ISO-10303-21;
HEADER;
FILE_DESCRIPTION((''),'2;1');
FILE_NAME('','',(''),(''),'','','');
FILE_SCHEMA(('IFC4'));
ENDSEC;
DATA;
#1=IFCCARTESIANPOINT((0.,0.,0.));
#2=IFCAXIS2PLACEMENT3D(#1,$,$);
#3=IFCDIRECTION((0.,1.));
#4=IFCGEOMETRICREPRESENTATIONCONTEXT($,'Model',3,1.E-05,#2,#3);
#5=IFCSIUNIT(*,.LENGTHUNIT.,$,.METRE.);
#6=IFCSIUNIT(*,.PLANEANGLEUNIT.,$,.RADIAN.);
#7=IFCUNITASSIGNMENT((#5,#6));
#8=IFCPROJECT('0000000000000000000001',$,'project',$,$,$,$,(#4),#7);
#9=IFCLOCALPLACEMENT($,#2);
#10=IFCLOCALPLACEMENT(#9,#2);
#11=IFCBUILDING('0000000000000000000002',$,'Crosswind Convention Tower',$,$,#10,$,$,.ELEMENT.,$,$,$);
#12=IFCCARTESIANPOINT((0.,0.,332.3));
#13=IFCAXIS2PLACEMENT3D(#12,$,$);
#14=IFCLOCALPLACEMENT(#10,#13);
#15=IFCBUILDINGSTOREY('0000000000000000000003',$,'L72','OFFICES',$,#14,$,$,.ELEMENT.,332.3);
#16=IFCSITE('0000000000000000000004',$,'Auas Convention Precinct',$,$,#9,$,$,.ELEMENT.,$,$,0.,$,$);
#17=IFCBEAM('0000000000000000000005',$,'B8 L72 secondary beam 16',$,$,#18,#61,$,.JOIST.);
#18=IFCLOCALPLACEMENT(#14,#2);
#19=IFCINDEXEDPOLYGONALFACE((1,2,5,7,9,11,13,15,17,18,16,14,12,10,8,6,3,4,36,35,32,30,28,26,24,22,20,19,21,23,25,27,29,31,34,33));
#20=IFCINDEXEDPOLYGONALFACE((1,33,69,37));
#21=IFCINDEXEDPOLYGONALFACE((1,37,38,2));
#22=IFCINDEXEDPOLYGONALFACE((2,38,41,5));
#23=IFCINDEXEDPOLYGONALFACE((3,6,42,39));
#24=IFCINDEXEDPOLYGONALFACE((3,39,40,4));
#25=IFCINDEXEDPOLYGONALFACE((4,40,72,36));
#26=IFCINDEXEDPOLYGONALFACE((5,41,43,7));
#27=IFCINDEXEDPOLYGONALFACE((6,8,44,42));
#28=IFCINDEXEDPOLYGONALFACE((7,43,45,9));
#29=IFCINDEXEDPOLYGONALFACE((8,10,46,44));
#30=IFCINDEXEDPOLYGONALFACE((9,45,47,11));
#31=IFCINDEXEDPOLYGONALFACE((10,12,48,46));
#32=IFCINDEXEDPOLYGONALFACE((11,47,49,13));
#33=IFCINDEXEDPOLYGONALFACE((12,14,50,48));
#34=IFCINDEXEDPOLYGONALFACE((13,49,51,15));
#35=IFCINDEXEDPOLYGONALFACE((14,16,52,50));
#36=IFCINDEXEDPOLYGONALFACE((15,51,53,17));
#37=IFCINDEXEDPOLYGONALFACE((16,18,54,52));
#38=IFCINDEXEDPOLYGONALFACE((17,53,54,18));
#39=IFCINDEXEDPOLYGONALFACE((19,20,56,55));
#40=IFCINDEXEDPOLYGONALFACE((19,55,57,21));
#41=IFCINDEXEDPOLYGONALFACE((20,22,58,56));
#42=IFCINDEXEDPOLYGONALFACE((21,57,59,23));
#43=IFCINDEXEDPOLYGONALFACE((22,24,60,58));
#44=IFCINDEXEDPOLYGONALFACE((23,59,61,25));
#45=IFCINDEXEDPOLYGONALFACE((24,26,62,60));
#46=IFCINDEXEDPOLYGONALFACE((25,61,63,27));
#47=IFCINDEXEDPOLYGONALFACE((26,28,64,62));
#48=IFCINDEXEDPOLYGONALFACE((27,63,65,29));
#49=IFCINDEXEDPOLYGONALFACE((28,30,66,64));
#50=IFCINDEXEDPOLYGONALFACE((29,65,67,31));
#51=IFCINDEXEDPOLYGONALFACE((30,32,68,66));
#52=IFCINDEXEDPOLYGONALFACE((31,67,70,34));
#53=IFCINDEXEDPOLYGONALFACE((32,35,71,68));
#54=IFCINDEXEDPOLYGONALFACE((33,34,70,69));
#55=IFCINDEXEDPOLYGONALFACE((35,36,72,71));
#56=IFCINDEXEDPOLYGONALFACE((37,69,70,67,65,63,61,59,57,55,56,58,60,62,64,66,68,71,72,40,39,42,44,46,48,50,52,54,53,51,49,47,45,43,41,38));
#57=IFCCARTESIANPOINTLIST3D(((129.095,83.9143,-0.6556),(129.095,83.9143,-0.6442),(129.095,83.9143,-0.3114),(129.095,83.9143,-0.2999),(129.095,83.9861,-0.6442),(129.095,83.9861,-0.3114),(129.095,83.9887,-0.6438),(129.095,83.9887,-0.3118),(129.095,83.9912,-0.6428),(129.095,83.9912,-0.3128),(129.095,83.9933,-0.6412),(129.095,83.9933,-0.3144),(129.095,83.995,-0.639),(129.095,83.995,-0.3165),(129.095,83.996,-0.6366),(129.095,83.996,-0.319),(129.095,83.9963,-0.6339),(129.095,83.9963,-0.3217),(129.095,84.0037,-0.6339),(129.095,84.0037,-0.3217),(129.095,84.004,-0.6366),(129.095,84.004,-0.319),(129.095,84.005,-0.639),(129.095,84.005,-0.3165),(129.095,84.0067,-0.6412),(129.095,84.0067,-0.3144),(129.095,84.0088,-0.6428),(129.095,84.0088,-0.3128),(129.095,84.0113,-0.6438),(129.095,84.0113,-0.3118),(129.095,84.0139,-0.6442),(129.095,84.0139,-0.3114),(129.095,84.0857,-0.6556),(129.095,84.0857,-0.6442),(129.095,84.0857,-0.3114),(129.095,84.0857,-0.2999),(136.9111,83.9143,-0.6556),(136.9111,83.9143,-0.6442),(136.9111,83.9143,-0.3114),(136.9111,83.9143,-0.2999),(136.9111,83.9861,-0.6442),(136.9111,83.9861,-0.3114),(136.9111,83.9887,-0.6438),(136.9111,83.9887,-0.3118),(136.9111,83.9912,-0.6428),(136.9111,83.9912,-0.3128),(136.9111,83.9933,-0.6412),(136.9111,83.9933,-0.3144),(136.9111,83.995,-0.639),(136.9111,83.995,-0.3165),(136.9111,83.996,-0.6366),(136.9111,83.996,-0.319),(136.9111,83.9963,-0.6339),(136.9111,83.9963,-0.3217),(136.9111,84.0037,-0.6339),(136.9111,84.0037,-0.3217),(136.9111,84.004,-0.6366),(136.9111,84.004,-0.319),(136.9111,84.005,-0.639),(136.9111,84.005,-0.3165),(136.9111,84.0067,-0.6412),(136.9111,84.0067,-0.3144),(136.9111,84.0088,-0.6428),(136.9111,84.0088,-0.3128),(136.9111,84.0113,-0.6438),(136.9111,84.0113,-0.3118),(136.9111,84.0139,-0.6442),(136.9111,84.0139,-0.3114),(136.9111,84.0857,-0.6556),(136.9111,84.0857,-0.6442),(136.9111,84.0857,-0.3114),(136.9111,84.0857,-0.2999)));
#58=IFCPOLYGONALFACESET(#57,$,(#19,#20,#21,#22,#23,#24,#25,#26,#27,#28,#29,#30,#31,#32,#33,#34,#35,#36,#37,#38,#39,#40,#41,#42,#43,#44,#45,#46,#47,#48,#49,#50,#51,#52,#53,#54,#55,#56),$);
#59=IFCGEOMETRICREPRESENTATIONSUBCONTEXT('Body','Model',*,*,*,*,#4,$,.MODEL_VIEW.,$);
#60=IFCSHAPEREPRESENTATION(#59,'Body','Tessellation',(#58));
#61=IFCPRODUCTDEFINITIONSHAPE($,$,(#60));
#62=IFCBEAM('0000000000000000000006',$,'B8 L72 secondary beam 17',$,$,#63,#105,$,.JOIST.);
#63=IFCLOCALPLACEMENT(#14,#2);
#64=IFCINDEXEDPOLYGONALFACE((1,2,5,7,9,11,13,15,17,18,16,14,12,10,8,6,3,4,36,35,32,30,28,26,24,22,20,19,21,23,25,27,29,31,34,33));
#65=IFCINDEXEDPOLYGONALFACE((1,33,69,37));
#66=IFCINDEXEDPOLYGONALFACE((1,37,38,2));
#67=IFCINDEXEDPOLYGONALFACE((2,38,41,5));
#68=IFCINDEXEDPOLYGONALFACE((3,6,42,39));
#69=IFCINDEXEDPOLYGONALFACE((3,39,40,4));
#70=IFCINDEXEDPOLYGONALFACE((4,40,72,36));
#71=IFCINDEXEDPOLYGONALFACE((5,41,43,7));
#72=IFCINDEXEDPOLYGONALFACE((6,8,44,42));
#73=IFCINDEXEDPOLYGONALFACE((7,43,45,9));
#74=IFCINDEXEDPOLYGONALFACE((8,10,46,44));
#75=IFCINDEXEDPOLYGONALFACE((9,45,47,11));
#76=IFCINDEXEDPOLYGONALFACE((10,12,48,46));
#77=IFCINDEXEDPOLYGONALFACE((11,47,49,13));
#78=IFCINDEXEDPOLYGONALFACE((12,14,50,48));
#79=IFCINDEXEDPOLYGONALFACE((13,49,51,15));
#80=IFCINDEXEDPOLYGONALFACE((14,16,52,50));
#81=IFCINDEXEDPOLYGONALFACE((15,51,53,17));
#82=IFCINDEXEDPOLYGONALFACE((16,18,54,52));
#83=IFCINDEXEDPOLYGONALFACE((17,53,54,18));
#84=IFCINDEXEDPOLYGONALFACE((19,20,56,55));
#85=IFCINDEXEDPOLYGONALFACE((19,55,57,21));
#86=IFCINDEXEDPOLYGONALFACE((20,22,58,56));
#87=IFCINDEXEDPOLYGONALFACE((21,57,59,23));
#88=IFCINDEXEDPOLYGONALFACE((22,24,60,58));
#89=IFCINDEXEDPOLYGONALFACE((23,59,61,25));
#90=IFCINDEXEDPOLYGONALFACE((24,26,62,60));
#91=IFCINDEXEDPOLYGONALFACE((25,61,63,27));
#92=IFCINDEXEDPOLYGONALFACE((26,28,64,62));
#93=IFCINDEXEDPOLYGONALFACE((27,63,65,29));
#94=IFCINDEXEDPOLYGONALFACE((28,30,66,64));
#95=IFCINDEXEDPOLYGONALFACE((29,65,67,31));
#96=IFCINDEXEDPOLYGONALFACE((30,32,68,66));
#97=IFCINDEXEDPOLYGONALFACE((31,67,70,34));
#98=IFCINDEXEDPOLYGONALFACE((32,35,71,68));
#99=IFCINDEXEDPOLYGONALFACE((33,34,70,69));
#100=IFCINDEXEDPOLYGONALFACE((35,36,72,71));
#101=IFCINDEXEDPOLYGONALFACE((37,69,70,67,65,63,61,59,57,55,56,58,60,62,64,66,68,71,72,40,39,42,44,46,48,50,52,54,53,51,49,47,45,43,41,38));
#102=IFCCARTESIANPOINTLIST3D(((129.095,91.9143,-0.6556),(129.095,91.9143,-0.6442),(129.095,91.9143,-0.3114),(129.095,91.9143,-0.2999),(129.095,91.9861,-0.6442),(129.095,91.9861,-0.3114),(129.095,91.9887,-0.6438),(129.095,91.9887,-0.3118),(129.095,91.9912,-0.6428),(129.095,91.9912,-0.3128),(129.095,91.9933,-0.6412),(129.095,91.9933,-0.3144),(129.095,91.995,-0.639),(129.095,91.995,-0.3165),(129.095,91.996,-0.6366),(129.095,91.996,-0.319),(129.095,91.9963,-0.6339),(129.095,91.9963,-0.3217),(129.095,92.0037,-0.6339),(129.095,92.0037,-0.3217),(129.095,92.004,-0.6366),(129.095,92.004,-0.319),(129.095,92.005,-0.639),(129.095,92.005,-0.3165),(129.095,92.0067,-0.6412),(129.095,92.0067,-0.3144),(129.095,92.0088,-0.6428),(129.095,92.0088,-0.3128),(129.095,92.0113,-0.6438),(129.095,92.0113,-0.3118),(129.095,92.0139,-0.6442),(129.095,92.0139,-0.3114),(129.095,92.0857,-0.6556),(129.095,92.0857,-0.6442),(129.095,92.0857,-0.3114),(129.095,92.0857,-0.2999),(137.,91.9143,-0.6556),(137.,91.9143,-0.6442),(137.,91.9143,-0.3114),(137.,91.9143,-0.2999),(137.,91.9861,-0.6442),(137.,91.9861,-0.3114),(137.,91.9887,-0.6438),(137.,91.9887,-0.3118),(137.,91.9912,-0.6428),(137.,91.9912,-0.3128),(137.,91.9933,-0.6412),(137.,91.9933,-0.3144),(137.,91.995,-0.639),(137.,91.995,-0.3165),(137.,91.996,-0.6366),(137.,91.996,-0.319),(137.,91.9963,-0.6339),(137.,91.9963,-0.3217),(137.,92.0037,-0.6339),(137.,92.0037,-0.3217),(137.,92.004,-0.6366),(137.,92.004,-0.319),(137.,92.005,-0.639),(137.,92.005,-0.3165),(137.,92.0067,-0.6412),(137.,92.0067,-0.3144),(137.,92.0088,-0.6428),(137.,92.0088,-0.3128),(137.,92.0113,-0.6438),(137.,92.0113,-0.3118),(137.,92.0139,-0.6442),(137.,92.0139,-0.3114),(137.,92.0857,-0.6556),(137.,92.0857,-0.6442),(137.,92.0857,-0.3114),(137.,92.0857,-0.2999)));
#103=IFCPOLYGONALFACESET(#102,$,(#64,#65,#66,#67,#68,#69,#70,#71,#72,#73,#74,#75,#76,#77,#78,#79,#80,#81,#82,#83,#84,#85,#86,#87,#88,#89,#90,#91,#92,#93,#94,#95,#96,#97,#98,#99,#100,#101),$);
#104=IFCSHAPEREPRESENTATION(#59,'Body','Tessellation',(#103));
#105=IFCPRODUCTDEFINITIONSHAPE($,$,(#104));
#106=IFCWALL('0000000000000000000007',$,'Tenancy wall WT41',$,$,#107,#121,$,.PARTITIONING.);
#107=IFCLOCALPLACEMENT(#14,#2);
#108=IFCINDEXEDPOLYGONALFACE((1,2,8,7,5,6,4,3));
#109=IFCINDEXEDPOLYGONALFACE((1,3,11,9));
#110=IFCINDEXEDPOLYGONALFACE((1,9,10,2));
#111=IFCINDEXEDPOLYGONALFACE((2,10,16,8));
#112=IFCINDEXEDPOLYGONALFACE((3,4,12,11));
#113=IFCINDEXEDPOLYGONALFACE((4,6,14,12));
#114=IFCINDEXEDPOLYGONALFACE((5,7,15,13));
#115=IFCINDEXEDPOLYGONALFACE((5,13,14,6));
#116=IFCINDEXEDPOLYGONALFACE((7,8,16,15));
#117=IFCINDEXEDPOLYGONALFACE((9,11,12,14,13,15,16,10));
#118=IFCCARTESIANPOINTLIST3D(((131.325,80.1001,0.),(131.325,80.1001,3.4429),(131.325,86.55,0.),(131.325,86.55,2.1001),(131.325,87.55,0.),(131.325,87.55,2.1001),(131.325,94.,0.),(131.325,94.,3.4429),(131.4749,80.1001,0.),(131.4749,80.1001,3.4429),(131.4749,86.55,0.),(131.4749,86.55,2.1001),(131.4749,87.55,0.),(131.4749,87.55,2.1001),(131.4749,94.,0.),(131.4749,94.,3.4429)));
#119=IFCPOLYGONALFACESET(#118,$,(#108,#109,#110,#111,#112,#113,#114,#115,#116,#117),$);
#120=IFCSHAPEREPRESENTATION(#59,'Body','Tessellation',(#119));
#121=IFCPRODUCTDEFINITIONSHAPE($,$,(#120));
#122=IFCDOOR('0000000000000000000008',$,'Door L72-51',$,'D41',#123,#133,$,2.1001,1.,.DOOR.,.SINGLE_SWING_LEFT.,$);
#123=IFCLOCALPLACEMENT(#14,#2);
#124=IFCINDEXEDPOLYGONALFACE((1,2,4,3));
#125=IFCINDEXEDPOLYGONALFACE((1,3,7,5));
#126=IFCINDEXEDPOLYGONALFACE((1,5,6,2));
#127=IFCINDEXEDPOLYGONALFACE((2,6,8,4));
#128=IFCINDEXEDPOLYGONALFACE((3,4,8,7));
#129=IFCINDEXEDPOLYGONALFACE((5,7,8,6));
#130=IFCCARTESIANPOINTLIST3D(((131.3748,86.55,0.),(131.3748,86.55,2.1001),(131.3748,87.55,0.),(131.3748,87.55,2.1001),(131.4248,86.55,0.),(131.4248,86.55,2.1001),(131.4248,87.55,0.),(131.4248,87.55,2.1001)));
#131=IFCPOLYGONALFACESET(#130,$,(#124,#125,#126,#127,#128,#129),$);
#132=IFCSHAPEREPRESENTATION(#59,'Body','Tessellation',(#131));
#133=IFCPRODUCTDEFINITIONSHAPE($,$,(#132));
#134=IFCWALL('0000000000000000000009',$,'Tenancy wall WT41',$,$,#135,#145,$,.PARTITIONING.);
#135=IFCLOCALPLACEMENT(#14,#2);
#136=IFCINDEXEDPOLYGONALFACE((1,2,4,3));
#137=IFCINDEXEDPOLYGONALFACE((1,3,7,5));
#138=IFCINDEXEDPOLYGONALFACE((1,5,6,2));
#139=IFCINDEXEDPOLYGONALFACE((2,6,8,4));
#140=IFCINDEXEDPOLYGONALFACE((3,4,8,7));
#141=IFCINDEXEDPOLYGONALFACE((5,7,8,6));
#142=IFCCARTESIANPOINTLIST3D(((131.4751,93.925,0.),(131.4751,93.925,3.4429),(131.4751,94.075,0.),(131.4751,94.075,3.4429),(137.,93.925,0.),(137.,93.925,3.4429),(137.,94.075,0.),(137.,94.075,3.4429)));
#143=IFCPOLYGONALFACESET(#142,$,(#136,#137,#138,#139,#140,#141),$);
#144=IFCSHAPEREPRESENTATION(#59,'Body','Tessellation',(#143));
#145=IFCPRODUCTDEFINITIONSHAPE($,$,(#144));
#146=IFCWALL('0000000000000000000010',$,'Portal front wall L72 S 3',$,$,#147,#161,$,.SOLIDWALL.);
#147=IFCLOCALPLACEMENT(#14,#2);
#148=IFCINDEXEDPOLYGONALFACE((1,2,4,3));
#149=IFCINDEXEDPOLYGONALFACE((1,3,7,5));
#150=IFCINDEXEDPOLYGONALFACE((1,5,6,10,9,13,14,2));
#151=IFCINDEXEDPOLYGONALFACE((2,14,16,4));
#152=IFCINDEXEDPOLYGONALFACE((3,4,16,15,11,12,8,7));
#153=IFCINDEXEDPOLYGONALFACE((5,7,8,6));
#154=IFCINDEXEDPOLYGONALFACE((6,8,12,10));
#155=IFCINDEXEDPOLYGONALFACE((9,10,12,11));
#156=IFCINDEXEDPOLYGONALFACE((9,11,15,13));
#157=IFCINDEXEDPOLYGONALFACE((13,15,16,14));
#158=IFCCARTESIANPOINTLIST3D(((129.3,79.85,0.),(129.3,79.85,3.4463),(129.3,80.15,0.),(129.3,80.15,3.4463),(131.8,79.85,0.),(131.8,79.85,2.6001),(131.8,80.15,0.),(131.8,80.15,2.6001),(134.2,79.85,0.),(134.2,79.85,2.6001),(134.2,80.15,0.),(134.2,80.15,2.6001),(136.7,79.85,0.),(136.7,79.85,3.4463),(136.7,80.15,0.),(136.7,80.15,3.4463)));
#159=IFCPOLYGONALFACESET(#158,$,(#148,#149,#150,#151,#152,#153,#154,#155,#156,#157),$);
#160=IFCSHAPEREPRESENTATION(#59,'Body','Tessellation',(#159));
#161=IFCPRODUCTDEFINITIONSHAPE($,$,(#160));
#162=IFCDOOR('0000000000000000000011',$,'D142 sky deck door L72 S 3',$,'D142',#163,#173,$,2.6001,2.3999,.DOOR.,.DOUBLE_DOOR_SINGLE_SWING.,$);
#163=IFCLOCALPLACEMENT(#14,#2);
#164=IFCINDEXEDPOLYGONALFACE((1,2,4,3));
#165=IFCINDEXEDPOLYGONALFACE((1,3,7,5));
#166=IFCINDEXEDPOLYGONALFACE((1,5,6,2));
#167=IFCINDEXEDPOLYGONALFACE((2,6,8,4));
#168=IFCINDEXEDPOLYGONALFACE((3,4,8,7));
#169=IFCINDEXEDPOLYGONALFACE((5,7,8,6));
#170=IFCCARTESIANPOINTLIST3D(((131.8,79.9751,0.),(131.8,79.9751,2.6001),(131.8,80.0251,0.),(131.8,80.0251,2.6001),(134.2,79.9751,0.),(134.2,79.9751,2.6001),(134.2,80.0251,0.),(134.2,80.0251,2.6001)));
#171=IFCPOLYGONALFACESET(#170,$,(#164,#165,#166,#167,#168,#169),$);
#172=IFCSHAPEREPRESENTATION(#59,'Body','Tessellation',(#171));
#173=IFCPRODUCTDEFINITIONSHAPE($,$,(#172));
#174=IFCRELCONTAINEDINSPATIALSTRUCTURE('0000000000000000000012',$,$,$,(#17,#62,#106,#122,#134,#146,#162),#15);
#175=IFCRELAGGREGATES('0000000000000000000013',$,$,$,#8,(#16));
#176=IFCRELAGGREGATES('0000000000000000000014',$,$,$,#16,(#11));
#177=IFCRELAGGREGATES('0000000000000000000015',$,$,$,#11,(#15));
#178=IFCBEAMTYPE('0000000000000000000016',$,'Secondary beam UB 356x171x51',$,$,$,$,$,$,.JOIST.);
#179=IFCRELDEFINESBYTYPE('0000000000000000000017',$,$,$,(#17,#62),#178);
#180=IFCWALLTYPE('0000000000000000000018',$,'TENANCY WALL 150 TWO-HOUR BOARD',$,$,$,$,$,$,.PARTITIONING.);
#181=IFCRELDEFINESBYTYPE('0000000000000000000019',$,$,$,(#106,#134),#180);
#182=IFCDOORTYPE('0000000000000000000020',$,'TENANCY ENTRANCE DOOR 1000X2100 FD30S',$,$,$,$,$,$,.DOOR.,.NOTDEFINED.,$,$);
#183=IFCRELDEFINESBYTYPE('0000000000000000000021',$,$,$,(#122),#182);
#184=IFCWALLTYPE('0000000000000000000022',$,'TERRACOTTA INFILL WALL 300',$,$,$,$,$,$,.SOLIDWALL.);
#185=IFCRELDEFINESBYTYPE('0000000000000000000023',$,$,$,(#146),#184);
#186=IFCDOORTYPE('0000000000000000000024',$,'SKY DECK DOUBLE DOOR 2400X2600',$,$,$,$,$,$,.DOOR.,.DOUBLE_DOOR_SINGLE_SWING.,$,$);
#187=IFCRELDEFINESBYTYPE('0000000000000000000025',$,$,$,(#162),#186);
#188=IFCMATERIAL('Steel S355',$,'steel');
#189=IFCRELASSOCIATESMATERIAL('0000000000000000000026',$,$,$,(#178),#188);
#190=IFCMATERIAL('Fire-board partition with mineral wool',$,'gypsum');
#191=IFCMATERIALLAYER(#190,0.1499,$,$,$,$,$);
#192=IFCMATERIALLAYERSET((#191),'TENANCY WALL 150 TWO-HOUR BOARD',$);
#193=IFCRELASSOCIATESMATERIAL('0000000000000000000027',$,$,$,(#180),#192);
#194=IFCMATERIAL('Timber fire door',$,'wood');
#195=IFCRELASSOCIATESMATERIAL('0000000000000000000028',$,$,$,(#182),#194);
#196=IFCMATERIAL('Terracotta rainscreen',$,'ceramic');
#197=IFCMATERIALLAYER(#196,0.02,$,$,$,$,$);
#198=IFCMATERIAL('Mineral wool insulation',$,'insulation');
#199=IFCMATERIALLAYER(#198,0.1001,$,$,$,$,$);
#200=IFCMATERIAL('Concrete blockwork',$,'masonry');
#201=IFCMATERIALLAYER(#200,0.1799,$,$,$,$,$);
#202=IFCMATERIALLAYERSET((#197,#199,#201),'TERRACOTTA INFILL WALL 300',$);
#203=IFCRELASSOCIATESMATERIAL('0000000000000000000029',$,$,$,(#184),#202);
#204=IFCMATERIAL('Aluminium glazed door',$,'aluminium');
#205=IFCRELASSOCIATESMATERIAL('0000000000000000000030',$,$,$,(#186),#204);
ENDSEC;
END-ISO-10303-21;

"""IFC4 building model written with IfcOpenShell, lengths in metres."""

from ifc_helpers import new_model, si_unit, direction, frame, frame_2d, origin, origin_2d, place, context, subcontext, project, spatial, rectangle, i_section, extrude, material, layer, layer_set, material_profile, profile_set, type_object, element, fill, save


model = new_model("IFC4")

# Units and contexts
model_context = context("Model", 3, precision=1e-05, world=origin(), true_north=direction((0.0, 1.0)))
body_context = subcontext(model_context, "Body", "Model", "MODEL_VIEW")
ifc_project = project(units=[si_unit("LENGTHUNIT", "METRE"), si_unit("PLANEANGLEUNIT", "RADIAN")], contexts=[model_context])

# Site, building, storey
site_placement = place(None, origin())
site = spatial("IfcSite", under=ifc_project, at=site_placement, Name="Auas Convention Precinct", CompositionType="ELEMENT", RefElevation=0.0)
building_placement = place(site_placement, origin())
building = spatial("IfcBuilding", under=site, at=building_placement, Name="Crosswind Convention Tower", CompositionType="ELEMENT")
storey_placement = place(building_placement, frame((0.0, 0.0, 332.3)))
storey = spatial("IfcBuildingStorey", under=building, at=storey_placement, Name="L72", Description="OFFICES", CompositionType="ELEMENT", Elevation=332.3)

# Beams
ifc_material_1 = material(Name="Steel S355", Category="steel")
ifc_material_profile_1 = material_profile(ifc_material_1, i_section(OverallWidth=0.1714, OverallDepth=0.3557, WebThickness=0.0073, FlangeThickness=0.0115, FilletRadius=0.0103, at=origin_2d()), Name="UB 356x171x51")
ifc_profile_set_1 = profile_set([ifc_material_profile_1], Name="Steel S355")
beam_type_1 = type_object("IfcBeamType", Name="Secondary beam UB 356x171x51", PredefinedType="JOIST", material=ifc_profile_set_1)
for number, where, z_axis, x_axis, name in (
    (1, (129.095, 84.0, -0.4778), (1.0, 0.0, 0.0), (0.0, 1.0, 0.0), "B8 L72 secondary beam 16"),
):
    element("IfcBeam", number, at=place(storey_placement, frame(where, z_axis=z_axis, x_axis=x_axis)), inside=storey, type_object=beam_type_1, Name=name, PredefinedType="JOIST", context=body_context, shape_type="SweptSolid", body=[
        extrude(i_section(OverallWidth=0.1714, OverallDepth=0.3557, WebThickness=0.0073, FlangeThickness=0.0115, FilletRadius=0.0103, at=origin_2d()), origin(), (0.0, 0.0, 1.0), 7.8162),
    ])
beam_1_placement = place(storey_placement, frame((129.095, 92.0, -0.4778), z_axis=(1.0, 0.0, 0.0), x_axis=(0.0, 1.0, 0.0)))
element("IfcBeam", 2, at=beam_1_placement, inside=storey, type_object=beam_type_1, Name="B8 L72 secondary beam 17", PredefinedType="JOIST", context=body_context, shape_type="SweptSolid", body=[
    extrude(i_section(OverallWidth=0.1714, OverallDepth=0.3557, WebThickness=0.0073, FlangeThickness=0.0115, FilletRadius=0.0103, at=origin_2d()), origin(), (0.0, 0.0, 1.0), 7.905),
])

# Wall, opening, door
ifc_material_2 = material(Name="Fire-board partition with mineral wool", Category="gypsum")
ifc_layer_1 = layer(ifc_material_2, 0.1499)
ifc_layer_set_1 = layer_set([ifc_layer_1], Name="TENANCY WALL 150 TWO-HOUR BOARD")
wall_type_1 = type_object("IfcWallType", Name="TENANCY WALL 150 TWO-HOUR BOARD", PredefinedType="PARTITIONING", material=ifc_layer_set_1)
wall_1_placement = place(storey_placement, frame((131.3999, 80.1001, 0.0), z_axis=(0.0, 0.0, 1.0), x_axis=(0.0, 1.0, 0.0)))
wall_1 = element("IfcWall", 3, at=wall_1_placement, inside=storey, type_object=wall_type_1, Name="Tenancy wall WT41", PredefinedType="PARTITIONING", context=body_context, shape_type="SweptSolid", body=[
    extrude(rectangle(XDim=13.8999, YDim=0.1499, at=frame_2d((6.95, 0.0))), origin(), (0.0, 0.0, 1.0), 3.4429),
])
opening_1_placement = place(wall_1_placement, frame((6.45, 0.0, 0.0)))
opening_1 = element("IfcOpeningElement", 4, at=opening_1_placement, cuts=wall_1, PredefinedType="OPENING", context=body_context, shape_type="SweptSolid", body=[
    extrude(rectangle(XDim=1.0, YDim=2.1001, at=frame_2d((0.5, 1.05))), frame((0.0, 0.085, 0.0), z_axis=(0.0, -1.0, 0.0), x_axis=(1.0, 0.0, 0.0)), (0.0, 0.0, 1.0), 0.1699),
])
ifc_material_3 = material(Name="Timber fire door", Category="wood")
door_type_1 = type_object("IfcDoorType", Name="TENANCY ENTRANCE DOOR 1000X2100 FD30S", OperationType="NOTDEFINED", PredefinedType="DOOR", material=ifc_material_3)
door_1_placement = place(opening_1_placement, frame((1.0, 0.0, 0.0), z_axis=(0.0, 0.0, 1.0), x_axis=(-1.0, 0.0, 0.0)))
door_1 = element("IfcDoor", 5, at=door_1_placement, inside=storey, type_object=door_type_1, Name="Door L72-51", ObjectType="D41", OperationType="SINGLE_SWING_LEFT", OverallHeight=2.1001, OverallWidth=1.0, PredefinedType="DOOR", context=body_context, shape_type="SweptSolid", body=[
    extrude(rectangle(XDim=1.0, YDim=2.1001, at=frame_2d((0.5, 1.05))), frame((0.0, 0.0249, 0.0), z_axis=(0.0, -1.0, 0.0), x_axis=(1.0, 0.0, 0.0)), (0.0, 0.0, 1.0), 0.05),
])
fill(opening_1, door_1)

# Wall
wall_2_placement = place(storey_placement, frame((131.4751, 94.0, 0.0), z_axis=(0.0, 0.0, 1.0), x_axis=(1.0, 0.0, 0.0)))
element("IfcWall", 6, at=wall_2_placement, inside=storey, type_object=wall_type_1, Name="Tenancy wall WT41", PredefinedType="PARTITIONING", context=body_context, shape_type="SweptSolid", body=[
    extrude(rectangle(XDim=5.5249, YDim=0.1499, at=frame_2d((2.7625, 0.0))), origin(), (0.0, 0.0, 1.0), 3.4429),
])

# Wall, opening, door
ifc_material_4 = material(Name="Terracotta rainscreen", Category="ceramic")
ifc_layer_2 = layer(ifc_material_4, 0.02)
ifc_material_5 = material(Name="Mineral wool insulation", Category="insulation")
ifc_layer_3 = layer(ifc_material_5, 0.1001)
ifc_material_6 = material(Name="Concrete blockwork", Category="masonry")
ifc_layer_4 = layer(ifc_material_6, 0.1799)
ifc_layer_set_2 = layer_set([ifc_layer_2, ifc_layer_3, ifc_layer_4], Name="TERRACOTTA INFILL WALL 300")
wall_type_2 = type_object("IfcWallType", Name="TERRACOTTA INFILL WALL 300", PredefinedType="SOLIDWALL", material=ifc_layer_set_2)
wall_3_placement = place(storey_placement, frame((129.3, 80.0, 0.0), z_axis=(0.0, 0.0, 1.0), x_axis=(1.0, 0.0, 0.0)))
wall_3 = element("IfcWall", 7, at=wall_3_placement, inside=storey, type_object=wall_type_2, Name="Portal front wall L72 S 3", PredefinedType="SOLIDWALL", context=body_context, shape_type="SweptSolid", body=[
    extrude(rectangle(XDim=7.3999, YDim=0.3, at=frame_2d((3.7, 0.0))), origin(), (0.0, 0.0, 1.0), 3.4463),
])
opening_2_placement = place(wall_3_placement, frame((2.5, 0.0, 0.0)))
opening_2 = element("IfcOpeningElement", 8, at=opening_2_placement, cuts=wall_3, PredefinedType="OPENING", context=body_context, shape_type="SweptSolid", body=[
    extrude(rectangle(XDim=2.3999, YDim=2.6001, at=frame_2d((1.2, 1.3))), frame((0.0, 0.1599, 0.0), z_axis=(0.0, -1.0, 0.0), x_axis=(1.0, 0.0, 0.0)), (0.0, 0.0, 1.0), 0.3201),
])
ifc_material_7 = material(Name="Aluminium glazed door", Category="aluminium")
door_type_2 = type_object("IfcDoorType", Name="SKY DECK DOUBLE DOOR 2400X2600", OperationType="DOUBLE_DOOR_SINGLE_SWING", PredefinedType="DOOR", material=ifc_material_7)
door_2_placement = place(opening_2_placement, frame((2.3999, 0.0, 0.0), z_axis=(0.0, 0.0, 1.0), x_axis=(-1.0, 0.0, 0.0)))
door_2 = element("IfcDoor", 9, at=door_2_placement, inside=storey, type_object=door_type_2, Name="D142 sky deck door L72 S 3", ObjectType="D142", OperationType="DOUBLE_DOOR_SINGLE_SWING", OverallHeight=2.6001, OverallWidth=2.3999, PredefinedType="DOOR", context=body_context, shape_type="SweptSolid", body=[
    extrude(rectangle(XDim=2.3999, YDim=2.6001, at=frame_2d((1.2, 1.3))), frame((0.0, 0.0249, 0.0), z_axis=(0.0, -1.0, 0.0), x_axis=(1.0, 0.0, 0.0)), (0.0, 0.0, 1.0), 0.05),
])
fill(opening_2, door_2)

save(model, "model.ifc")
